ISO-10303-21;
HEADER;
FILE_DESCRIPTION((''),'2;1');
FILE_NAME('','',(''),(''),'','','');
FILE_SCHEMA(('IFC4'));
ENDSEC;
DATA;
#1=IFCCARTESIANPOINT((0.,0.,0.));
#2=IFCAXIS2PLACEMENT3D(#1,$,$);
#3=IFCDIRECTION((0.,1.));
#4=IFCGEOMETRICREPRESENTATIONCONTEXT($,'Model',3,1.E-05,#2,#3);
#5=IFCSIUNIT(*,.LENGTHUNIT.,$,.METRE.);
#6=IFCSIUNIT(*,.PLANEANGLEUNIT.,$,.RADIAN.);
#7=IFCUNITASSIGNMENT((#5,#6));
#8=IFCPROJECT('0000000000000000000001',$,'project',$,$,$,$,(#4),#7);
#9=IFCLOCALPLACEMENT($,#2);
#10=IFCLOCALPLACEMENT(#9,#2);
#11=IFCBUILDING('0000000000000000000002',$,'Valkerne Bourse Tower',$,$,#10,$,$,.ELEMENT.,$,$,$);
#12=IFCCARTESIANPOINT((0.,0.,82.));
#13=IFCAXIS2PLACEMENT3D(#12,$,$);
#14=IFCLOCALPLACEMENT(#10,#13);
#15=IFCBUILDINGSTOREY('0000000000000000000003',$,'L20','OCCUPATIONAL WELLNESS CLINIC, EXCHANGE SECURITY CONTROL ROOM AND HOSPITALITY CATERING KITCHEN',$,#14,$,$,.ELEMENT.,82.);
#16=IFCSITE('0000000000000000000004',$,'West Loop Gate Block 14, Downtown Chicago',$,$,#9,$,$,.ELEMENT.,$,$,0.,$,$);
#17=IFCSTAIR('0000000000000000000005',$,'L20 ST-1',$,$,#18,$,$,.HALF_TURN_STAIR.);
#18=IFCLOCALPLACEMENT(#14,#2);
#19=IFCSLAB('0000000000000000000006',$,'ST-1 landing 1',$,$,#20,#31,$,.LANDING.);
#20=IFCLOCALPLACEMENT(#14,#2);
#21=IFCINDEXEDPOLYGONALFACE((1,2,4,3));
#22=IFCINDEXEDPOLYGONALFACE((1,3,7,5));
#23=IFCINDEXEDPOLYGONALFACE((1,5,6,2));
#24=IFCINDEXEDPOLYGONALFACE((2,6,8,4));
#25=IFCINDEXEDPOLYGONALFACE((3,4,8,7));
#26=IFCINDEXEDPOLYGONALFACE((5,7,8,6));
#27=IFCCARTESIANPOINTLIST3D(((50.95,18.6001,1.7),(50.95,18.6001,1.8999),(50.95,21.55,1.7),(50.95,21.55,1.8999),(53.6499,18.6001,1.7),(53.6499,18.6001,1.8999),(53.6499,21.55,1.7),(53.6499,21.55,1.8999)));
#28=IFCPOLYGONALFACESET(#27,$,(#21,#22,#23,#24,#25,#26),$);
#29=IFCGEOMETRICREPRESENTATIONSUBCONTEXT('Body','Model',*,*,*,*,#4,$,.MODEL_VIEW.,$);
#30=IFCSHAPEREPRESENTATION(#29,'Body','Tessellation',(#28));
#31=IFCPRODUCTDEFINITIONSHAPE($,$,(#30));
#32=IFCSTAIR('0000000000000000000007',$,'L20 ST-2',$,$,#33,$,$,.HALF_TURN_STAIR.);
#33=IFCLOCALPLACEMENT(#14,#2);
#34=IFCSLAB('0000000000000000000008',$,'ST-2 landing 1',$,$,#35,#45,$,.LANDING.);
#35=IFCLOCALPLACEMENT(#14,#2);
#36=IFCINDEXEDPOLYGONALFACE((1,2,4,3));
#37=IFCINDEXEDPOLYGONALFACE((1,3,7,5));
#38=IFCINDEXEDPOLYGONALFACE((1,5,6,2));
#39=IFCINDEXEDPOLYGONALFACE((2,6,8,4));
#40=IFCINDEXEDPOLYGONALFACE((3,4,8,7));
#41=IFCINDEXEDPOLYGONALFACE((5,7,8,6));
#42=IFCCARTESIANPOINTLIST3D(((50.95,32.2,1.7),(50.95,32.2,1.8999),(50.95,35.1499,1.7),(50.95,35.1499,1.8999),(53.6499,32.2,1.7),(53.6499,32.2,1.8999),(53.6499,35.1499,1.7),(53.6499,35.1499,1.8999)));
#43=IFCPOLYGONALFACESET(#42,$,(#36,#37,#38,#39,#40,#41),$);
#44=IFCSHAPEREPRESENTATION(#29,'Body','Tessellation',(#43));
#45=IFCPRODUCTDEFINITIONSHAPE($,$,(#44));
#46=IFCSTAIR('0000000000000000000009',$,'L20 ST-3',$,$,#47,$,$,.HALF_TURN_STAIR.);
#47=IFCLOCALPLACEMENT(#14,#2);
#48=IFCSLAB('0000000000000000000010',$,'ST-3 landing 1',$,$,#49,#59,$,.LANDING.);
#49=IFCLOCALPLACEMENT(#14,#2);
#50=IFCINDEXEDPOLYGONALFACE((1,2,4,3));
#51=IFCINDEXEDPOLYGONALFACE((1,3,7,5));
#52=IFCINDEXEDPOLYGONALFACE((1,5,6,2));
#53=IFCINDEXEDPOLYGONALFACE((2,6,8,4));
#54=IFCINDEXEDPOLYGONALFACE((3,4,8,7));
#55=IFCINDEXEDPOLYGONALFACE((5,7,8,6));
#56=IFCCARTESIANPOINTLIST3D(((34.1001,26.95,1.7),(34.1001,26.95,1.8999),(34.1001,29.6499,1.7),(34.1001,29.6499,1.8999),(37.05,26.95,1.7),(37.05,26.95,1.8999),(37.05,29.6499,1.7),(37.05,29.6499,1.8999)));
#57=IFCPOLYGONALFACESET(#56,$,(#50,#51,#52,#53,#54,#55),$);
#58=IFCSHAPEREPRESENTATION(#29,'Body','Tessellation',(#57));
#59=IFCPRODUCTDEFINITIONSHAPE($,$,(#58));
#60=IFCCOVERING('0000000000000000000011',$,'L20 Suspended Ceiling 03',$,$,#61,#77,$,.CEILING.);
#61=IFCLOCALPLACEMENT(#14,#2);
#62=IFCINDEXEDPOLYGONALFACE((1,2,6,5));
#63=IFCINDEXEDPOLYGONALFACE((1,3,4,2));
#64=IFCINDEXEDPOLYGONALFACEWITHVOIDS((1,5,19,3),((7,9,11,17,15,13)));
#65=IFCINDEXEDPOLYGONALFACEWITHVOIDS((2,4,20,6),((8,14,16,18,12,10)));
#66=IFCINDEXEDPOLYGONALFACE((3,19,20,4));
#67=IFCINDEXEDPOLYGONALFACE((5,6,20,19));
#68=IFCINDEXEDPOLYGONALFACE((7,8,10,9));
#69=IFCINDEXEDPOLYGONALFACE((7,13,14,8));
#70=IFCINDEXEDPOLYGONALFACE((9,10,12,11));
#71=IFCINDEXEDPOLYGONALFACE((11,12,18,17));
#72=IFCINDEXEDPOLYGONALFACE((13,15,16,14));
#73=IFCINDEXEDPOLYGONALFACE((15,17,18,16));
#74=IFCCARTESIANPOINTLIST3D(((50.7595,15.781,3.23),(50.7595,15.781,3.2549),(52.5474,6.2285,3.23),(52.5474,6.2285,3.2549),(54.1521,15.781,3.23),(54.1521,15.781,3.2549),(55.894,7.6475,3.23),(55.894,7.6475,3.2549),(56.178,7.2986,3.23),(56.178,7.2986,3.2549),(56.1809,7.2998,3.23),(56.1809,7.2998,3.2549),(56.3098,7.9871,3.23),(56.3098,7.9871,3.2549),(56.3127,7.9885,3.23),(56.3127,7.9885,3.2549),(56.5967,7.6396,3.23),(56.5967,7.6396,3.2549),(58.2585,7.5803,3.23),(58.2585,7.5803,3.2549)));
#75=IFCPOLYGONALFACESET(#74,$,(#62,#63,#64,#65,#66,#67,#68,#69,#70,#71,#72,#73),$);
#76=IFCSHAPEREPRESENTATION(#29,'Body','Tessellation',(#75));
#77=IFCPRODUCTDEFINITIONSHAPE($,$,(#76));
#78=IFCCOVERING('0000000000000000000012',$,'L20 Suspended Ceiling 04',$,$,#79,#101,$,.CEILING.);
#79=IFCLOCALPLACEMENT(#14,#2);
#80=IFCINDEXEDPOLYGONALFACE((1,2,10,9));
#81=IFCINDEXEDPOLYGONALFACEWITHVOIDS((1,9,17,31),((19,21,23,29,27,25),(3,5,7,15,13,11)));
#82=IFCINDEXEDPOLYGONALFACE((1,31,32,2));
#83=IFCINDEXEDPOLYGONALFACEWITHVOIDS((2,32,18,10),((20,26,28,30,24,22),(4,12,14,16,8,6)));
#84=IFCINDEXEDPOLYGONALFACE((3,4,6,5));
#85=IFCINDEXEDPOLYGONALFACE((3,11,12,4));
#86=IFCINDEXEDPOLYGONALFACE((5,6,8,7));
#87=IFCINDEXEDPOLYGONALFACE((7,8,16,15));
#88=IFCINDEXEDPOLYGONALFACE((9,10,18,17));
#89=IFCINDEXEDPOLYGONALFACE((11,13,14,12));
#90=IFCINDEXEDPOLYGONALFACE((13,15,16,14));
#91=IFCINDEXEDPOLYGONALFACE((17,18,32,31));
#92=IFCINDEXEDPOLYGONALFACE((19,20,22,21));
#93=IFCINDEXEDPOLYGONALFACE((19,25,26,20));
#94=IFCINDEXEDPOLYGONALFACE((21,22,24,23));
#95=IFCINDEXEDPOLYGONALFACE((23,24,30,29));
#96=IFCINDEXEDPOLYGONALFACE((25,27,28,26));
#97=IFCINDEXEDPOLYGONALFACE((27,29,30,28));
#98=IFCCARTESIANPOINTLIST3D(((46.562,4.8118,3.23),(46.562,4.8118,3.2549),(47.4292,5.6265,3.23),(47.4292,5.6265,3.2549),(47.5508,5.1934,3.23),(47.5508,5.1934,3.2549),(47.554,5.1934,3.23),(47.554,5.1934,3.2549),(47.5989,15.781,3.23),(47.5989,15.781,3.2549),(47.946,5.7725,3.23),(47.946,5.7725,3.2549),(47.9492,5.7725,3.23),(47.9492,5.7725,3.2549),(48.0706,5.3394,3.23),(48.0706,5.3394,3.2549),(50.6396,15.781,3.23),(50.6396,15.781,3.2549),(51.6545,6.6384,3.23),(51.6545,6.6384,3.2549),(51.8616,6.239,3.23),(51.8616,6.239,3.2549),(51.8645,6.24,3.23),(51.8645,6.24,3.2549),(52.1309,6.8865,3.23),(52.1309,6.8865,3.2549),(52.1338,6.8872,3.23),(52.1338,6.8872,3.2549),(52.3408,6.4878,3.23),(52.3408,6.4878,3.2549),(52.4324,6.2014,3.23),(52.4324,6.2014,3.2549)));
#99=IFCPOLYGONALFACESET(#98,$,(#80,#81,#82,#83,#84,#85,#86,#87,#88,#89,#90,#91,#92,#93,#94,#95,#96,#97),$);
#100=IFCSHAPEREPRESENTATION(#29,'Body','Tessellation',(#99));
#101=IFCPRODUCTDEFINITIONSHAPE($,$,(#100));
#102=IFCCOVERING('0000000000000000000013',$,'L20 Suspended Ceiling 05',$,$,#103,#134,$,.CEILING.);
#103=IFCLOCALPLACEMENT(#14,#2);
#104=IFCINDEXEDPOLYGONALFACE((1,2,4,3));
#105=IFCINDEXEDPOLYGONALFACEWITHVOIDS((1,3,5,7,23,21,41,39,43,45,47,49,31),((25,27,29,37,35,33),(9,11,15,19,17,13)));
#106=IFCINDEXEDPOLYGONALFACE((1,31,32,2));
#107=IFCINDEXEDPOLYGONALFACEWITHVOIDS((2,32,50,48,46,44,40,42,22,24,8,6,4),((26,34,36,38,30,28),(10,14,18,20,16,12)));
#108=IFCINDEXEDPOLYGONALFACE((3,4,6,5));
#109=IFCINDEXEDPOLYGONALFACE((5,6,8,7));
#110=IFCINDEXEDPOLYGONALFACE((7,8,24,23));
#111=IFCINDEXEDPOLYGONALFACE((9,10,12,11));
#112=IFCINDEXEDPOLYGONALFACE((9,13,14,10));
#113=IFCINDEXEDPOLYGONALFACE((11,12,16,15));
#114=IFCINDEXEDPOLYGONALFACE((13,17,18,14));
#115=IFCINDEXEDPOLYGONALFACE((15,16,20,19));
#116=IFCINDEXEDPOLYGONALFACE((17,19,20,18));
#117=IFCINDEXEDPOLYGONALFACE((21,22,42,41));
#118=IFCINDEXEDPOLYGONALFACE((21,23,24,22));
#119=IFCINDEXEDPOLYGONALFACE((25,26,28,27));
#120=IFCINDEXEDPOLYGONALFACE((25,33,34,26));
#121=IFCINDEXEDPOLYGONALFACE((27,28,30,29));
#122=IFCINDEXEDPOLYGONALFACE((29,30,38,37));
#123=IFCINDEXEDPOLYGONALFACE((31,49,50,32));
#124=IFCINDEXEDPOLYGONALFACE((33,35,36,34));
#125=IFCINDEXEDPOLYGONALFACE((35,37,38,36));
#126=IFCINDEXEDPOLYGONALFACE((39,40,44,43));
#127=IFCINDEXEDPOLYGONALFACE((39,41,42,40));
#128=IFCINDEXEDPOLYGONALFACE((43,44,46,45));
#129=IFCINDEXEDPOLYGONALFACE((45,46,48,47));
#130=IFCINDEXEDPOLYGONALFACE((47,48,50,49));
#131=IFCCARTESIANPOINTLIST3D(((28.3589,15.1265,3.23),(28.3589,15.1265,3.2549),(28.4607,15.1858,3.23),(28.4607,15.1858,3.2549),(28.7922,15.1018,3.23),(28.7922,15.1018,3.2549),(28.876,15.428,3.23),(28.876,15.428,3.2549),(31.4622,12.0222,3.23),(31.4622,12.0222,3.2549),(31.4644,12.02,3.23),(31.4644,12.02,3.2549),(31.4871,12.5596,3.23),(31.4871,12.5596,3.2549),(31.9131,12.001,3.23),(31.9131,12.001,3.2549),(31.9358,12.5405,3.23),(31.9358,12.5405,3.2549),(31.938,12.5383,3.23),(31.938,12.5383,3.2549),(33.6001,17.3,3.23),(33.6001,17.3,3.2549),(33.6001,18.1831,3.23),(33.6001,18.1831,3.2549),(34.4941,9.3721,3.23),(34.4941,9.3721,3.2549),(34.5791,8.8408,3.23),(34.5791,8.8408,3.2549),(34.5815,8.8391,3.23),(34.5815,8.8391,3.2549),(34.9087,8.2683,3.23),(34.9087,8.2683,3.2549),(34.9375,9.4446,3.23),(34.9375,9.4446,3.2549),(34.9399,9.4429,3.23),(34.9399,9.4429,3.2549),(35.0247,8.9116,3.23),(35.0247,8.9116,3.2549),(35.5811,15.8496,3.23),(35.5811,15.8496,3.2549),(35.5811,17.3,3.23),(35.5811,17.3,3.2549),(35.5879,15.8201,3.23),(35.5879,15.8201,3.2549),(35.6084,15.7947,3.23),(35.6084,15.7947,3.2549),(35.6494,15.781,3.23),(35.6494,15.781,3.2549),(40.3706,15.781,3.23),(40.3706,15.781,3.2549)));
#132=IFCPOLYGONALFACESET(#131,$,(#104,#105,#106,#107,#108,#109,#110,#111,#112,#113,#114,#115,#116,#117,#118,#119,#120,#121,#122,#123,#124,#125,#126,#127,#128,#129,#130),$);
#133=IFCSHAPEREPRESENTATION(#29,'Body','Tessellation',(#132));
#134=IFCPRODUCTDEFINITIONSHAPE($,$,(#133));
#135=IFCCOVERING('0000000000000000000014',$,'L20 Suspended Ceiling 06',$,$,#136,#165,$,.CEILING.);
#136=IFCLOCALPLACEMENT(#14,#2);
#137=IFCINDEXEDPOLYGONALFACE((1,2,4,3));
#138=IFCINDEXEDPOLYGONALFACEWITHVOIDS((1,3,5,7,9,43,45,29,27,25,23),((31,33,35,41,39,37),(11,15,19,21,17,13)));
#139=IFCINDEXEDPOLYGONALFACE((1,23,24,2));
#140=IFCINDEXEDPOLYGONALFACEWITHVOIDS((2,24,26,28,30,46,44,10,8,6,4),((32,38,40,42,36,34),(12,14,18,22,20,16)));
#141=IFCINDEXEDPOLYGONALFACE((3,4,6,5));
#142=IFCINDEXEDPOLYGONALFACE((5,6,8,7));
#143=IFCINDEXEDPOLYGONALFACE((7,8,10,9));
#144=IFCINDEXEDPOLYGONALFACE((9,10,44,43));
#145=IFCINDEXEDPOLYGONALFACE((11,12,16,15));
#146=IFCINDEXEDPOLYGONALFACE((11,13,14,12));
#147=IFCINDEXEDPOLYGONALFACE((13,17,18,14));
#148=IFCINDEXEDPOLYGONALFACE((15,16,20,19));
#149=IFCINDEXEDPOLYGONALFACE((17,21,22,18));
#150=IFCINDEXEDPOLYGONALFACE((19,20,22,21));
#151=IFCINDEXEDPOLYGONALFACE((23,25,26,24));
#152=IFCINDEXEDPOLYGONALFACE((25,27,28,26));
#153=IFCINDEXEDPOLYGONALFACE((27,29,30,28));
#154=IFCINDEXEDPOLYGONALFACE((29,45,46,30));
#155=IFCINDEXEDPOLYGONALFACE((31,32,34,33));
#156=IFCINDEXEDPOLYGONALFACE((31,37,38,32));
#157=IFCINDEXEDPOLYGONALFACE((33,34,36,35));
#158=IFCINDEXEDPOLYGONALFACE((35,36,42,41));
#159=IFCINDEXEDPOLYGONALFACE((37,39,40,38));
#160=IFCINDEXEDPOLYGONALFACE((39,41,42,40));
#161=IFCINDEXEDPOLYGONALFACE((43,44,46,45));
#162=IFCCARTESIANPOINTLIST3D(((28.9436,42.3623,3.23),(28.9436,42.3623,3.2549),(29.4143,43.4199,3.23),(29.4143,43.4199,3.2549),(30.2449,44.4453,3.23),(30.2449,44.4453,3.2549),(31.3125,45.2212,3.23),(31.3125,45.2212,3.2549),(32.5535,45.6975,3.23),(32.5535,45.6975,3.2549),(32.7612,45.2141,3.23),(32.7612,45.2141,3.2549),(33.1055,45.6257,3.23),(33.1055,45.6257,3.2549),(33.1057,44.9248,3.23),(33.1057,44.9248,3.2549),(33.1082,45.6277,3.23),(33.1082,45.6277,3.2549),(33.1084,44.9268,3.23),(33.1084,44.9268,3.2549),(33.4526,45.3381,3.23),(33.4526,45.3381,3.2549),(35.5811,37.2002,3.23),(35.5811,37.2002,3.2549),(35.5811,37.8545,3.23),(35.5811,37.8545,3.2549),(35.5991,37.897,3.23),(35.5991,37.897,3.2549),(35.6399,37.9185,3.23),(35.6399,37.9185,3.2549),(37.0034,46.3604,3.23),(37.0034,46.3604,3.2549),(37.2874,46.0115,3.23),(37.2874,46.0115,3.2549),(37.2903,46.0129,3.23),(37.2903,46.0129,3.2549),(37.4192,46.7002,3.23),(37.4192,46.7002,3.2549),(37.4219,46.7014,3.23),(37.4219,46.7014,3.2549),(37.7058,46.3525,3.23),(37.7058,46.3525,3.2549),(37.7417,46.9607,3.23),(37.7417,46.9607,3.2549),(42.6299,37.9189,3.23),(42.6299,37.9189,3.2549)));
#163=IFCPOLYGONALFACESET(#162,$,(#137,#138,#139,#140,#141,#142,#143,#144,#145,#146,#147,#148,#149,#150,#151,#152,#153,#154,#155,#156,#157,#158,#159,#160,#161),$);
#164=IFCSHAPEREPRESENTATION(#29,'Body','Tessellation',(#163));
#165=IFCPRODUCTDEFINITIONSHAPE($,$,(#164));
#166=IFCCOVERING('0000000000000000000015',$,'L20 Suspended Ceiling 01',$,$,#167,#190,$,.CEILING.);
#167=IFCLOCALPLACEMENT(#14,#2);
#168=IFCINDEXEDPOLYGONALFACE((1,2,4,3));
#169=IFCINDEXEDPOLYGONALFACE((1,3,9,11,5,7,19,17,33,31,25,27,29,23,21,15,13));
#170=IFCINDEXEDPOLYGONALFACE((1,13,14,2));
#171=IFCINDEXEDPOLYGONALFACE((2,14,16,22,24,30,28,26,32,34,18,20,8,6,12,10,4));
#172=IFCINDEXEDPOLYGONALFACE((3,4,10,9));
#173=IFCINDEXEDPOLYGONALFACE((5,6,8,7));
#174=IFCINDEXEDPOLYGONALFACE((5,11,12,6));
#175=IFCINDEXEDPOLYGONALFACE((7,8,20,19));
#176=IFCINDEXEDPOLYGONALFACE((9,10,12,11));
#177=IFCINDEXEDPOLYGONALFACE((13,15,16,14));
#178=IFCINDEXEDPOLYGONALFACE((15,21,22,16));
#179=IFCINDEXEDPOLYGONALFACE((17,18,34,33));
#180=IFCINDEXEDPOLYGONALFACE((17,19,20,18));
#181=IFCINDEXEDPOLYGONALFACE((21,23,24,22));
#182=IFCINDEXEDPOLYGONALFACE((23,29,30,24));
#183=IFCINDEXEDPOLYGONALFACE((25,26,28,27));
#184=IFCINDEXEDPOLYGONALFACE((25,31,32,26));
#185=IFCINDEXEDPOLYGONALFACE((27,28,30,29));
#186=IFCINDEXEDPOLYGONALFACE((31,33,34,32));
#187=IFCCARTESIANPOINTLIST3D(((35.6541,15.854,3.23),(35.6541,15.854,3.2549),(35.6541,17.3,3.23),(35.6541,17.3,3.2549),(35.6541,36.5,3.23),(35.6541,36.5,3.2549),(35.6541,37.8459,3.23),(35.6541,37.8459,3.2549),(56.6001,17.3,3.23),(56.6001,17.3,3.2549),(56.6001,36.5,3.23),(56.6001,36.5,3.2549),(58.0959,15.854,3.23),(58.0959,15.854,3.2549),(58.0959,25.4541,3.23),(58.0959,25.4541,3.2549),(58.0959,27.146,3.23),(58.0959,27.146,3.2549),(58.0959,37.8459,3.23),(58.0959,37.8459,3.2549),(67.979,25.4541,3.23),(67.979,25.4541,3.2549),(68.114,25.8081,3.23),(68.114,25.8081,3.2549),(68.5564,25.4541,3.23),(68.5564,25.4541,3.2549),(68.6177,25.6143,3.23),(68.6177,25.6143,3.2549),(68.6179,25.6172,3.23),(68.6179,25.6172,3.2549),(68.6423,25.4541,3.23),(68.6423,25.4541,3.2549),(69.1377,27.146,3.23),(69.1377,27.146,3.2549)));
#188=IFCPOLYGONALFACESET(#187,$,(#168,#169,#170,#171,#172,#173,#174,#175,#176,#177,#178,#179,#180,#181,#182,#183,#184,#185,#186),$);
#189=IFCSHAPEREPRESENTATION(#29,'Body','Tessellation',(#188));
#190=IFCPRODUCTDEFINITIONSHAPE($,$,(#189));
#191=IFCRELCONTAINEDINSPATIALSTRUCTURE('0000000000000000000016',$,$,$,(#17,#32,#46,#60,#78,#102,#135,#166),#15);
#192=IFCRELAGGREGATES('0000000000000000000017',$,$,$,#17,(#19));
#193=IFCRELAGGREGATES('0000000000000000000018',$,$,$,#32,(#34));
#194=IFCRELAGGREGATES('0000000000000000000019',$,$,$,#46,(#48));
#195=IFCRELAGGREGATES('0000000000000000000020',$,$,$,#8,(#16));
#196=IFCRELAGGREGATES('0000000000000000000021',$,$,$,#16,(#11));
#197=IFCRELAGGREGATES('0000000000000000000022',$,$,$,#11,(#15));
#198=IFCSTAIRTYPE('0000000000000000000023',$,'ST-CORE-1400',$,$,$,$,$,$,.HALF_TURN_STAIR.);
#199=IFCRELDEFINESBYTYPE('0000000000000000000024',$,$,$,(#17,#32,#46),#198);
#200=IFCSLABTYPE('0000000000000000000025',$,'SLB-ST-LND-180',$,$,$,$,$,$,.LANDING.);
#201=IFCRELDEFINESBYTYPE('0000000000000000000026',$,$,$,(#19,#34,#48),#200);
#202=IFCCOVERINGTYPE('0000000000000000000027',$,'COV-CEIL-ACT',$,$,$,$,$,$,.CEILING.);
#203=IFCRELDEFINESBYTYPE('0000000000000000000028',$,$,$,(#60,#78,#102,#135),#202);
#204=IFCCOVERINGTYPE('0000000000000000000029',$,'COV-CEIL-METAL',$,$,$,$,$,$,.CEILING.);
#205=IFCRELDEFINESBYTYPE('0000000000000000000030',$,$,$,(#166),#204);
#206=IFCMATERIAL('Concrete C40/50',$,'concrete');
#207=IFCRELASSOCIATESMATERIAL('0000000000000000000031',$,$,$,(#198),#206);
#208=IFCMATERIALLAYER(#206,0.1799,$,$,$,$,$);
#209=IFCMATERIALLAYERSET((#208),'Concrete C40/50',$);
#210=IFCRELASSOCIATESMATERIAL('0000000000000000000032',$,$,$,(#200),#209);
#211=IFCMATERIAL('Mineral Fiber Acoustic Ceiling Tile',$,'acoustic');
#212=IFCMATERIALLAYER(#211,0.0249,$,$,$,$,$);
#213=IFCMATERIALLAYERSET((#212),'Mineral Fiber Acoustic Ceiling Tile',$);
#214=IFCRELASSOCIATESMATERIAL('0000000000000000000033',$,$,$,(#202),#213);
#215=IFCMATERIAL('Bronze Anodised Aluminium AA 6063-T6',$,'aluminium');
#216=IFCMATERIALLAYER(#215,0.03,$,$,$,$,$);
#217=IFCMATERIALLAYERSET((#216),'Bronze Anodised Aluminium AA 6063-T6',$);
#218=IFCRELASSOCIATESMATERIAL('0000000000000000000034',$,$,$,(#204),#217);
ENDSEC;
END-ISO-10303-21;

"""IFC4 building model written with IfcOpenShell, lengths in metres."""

from ifc_helpers import new_model, si_unit, direction, frame, origin, place, context, subcontext, project, spatial, polyline, outline, extrude, material, layer, layer_set, type_object, element, aggregate, save


model = new_model("IFC4")

# Units and contexts
model_context = context("Model", 3, precision=1e-05, world=origin(), true_north=direction((0.0, 1.0)))
body_context = subcontext(model_context, "Body", "Model", "MODEL_VIEW")
ifc_project = project(units=[si_unit("LENGTHUNIT", "METRE"), si_unit("PLANEANGLEUNIT", "RADIAN")], contexts=[model_context])

# Site, building, storey
site_placement = place(None, origin())
site = spatial("IfcSite", under=ifc_project, at=site_placement, Name="West Loop Gate Block 14, Downtown Chicago", CompositionType="ELEMENT", RefElevation=0.0)
building_placement = place(site_placement, origin())
building = spatial("IfcBuilding", under=site, at=building_placement, Name="Valkerne Bourse Tower", CompositionType="ELEMENT")
storey_placement = place(building_placement, frame((0.0, 0.0, 82.0)))
storey = spatial("IfcBuildingStorey", under=building, at=storey_placement, Name="L20", Description="OCCUPATIONAL WELLNESS CLINIC, EXCHANGE SECURITY CONTROL ROOM AND HOSPITALITY CATERING KITCHEN", CompositionType="ELEMENT", Elevation=82.0)

# Stairs, slabs
ifc_material_1 = material(Name="Concrete C40/50", Category="concrete")
stair_type = type_object("IfcStairType", Name="ST-CORE-1400", PredefinedType="HALF_TURN_STAIR", material=ifc_material_1)
stair_1_placement = place(storey_placement, origin())
stair_1 = element("IfcStair", 1, at=stair_1_placement, inside=storey, type_object=stair_type, Name="L20 ST-1", PredefinedType="HALF_TURN_STAIR")
ifc_layer_1 = layer(ifc_material_1, 0.1799)
ifc_layer_set_1 = layer_set([ifc_layer_1], Name="Concrete C40/50")
slab_type = type_object("IfcSlabType", Name="SLB-ST-LND-180", PredefinedType="LANDING", material=ifc_layer_set_1)
slab_1_placement = place(storey_placement, frame((0.0, 0.0, 1.7)))
slab_1 = element("IfcSlab", 2, at=slab_1_placement, type_object=slab_type, Name="ST-1 landing 1", PredefinedType="LANDING", context=body_context, shape_type="SweptSolid", body=[
    extrude(outline(polyline([(50.95, 18.6001), (53.6499, 18.6001), (53.6499, 21.55), (50.95, 21.55), (50.95, 18.6001)])), origin(), (0.0, 0.0, 1.0), 0.2),
])
aggregate(stair_1, [slab_1])
stair_2_placement = place(storey_placement, origin())
stair_2 = element("IfcStair", 3, at=stair_2_placement, inside=storey, type_object=stair_type, Name="L20 ST-2", PredefinedType="HALF_TURN_STAIR")
slab_2_placement = place(storey_placement, frame((0.0, 0.0, 1.7)))
slab_2 = element("IfcSlab", 4, at=slab_2_placement, type_object=slab_type, Name="ST-2 landing 1", PredefinedType="LANDING", context=body_context, shape_type="SweptSolid", body=[
    extrude(outline(polyline([(50.95, 32.2), (53.6499, 32.2), (53.6499, 35.1499), (50.95, 35.1499), (50.95, 32.2)])), origin(), (0.0, 0.0, 1.0), 0.2),
])
aggregate(stair_2, [slab_2])
stair_3_placement = place(storey_placement, origin())
stair_3 = element("IfcStair", 5, at=stair_3_placement, inside=storey, type_object=stair_type, Name="L20 ST-3", PredefinedType="HALF_TURN_STAIR")
slab_3_placement = place(storey_placement, frame((0.0, 0.0, 1.7)))
slab_3 = element("IfcSlab", 6, at=slab_3_placement, type_object=slab_type, Name="ST-3 landing 1", PredefinedType="LANDING", context=body_context, shape_type="SweptSolid", body=[
    extrude(outline(polyline([(37.05, 26.95), (37.05, 29.6499), (34.1001, 29.6499), (34.1001, 26.95), (37.05, 26.95)])), origin(), (0.0, 0.0, 1.0), 0.2),
])
aggregate(stair_3, [slab_3])

# Coverings
ifc_material_2 = material(Name="Mineral Fiber Acoustic Ceiling Tile", Category="acoustic")
ifc_layer_2 = layer(ifc_material_2, 0.0249)
ifc_layer_set_2 = layer_set([ifc_layer_2], Name="Mineral Fiber Acoustic Ceiling Tile")
covering_type_1 = type_object("IfcCoveringType", Name="COV-CEIL-ACT", PredefinedType="CEILING", material=ifc_layer_set_2)
covering_1_placement = place(storey_placement, frame((0.0, 0.0, 3.23)))
element("IfcCovering", 7, at=covering_1_placement, inside=storey, type_object=covering_type_1, Name="L20 Suspended Ceiling 03", PredefinedType="CEILING", context=body_context, shape_type="SweptSolid", body=[
    extrude(outline(polyline([(54.1521, 15.781), (58.2585, 7.5803), (52.5474, 6.2285), (50.7595, 15.781), (54.1521, 15.781)]), holes=[polyline([(56.1809, 7.2998), (56.5967, 7.6396), (56.3127, 7.9885), (56.3098, 7.9871), (55.894, 7.6475), (56.178, 7.2986), (56.1809, 7.2998)])]), origin(), (0.0, 0.0, 1.0), 0.0249),
])
covering_2_placement = place(storey_placement, frame((0.0, 0.0, 3.23)))
element("IfcCovering", 8, at=covering_2_placement, inside=storey, type_object=covering_type_1, Name="L20 Suspended Ceiling 04", PredefinedType="CEILING", context=body_context, shape_type="SweptSolid", body=[
    extrude(outline(polyline([(50.6396, 15.781), (52.4324, 6.2014), (46.562, 4.8118), (47.5989, 15.781), (50.6396, 15.781)]), holes=[polyline([(48.0706, 5.3394), (47.9492, 5.7725), (47.946, 5.7725), (47.4292, 5.6265), (47.5508, 5.1934), (47.554, 5.1934), (48.0706, 5.3394)]), polyline([(52.3408, 6.4878), (52.1338, 6.8872), (52.1309, 6.8865), (51.6545, 6.6384), (51.8616, 6.239), (51.8645, 6.24), (52.3408, 6.4878)])]), origin(), (0.0, 0.0, 1.0), 0.0249),
])
covering_3_placement = place(storey_placement, frame((0.0, 0.0, 3.23)))
element("IfcCovering", 9, at=covering_3_placement, inside=storey, type_object=covering_type_1, Name="L20 Suspended Ceiling 05", PredefinedType="CEILING", context=body_context, shape_type="SweptSolid", body=[
    extrude(outline(polyline([(35.5811, 15.8496), (35.5879, 15.8201), (35.6084, 15.7947), (35.6494, 15.781), (40.3706, 15.781), (34.9087, 8.2683), (28.3589, 15.1265), (28.4607, 15.1858), (28.7922, 15.1018), (28.876, 15.428), (33.6001, 18.1831), (33.6001, 17.3), (35.5811, 17.3), (35.5811, 15.8496)]), holes=[polyline([(34.9399, 9.4429), (34.9375, 9.4446), (34.4941, 9.3721), (34.5791, 8.8408), (34.5815, 8.8391), (35.0247, 8.9116), (34.9399, 9.4429)]), polyline([(31.9358, 12.5405), (31.4871, 12.5596), (31.4622, 12.0222), (31.4644, 12.02), (31.9131, 12.001), (31.938, 12.5383), (31.9358, 12.5405)])]), origin(), (0.0, 0.0, 1.0), 0.0249),
])
covering_4_placement = place(storey_placement, frame((0.0, 0.0, 3.23)))
element("IfcCovering", 10, at=covering_4_placement, inside=storey, type_object=covering_type_1, Name="L20 Suspended Ceiling 06", PredefinedType="CEILING", context=body_context, shape_type="SweptSolid", body=[
    extrude(outline(polyline([(31.3125, 45.2212), (32.5535, 45.6975), (37.7417, 46.9607), (42.6299, 37.9189), (35.6399, 37.9185), (35.5991, 37.897), (35.5811, 37.8545), (35.5811, 37.2002), (28.9436, 42.3623), (29.4143, 43.4199), (30.2449, 44.4453), (31.3125, 45.2212)]), holes=[polyline([(33.4526, 45.3381), (33.1082, 45.6277), (33.1055, 45.6257), (32.7612, 45.2141), (33.1057, 44.9248), (33.1084, 44.9268), (33.4526, 45.3381)]), polyline([(37.2903, 46.0129), (37.7058, 46.3525), (37.4219, 46.7014), (37.4192, 46.7002), (37.0034, 46.3604), (37.2874, 46.0115), (37.2903, 46.0129)])]), origin(), (0.0, 0.0, 1.0), 0.0249),
])
ifc_material_3 = material(Name="Bronze Anodised Aluminium AA 6063-T6", Category="aluminium")
ifc_layer_3 = layer(ifc_material_3, 0.03)
ifc_layer_set_3 = layer_set([ifc_layer_3], Name="Bronze Anodised Aluminium AA 6063-T6")
covering_type_2 = type_object("IfcCoveringType", Name="COV-CEIL-METAL", PredefinedType="CEILING", material=ifc_layer_set_3)
covering_5_placement = place(storey_placement, frame((0.0, 0.0, 3.23)))
element("IfcCovering", 11, at=covering_5_placement, inside=storey, type_object=covering_type_2, Name="L20 Suspended Ceiling 01", PredefinedType="CEILING", context=body_context, shape_type="SweptSolid", body=[
    extrude(outline(polyline([(69.1377, 27.146), (68.6423, 25.4541), (68.5564, 25.4541), (68.6177, 25.6143), (68.6179, 25.6172), (68.114, 25.8081), (67.979, 25.4541), (58.0959, 25.4541), (58.0959, 15.854), (35.6541, 15.854), (35.6541, 17.3), (56.6001, 17.3), (56.6001, 36.5), (35.6541, 36.5), (35.6541, 37.8459), (58.0959, 37.8459), (58.0959, 27.146), (69.1377, 27.146)])), origin(), (0.0, 0.0, 1.0), 0.0249),
])

save(model, "model.ifc")
